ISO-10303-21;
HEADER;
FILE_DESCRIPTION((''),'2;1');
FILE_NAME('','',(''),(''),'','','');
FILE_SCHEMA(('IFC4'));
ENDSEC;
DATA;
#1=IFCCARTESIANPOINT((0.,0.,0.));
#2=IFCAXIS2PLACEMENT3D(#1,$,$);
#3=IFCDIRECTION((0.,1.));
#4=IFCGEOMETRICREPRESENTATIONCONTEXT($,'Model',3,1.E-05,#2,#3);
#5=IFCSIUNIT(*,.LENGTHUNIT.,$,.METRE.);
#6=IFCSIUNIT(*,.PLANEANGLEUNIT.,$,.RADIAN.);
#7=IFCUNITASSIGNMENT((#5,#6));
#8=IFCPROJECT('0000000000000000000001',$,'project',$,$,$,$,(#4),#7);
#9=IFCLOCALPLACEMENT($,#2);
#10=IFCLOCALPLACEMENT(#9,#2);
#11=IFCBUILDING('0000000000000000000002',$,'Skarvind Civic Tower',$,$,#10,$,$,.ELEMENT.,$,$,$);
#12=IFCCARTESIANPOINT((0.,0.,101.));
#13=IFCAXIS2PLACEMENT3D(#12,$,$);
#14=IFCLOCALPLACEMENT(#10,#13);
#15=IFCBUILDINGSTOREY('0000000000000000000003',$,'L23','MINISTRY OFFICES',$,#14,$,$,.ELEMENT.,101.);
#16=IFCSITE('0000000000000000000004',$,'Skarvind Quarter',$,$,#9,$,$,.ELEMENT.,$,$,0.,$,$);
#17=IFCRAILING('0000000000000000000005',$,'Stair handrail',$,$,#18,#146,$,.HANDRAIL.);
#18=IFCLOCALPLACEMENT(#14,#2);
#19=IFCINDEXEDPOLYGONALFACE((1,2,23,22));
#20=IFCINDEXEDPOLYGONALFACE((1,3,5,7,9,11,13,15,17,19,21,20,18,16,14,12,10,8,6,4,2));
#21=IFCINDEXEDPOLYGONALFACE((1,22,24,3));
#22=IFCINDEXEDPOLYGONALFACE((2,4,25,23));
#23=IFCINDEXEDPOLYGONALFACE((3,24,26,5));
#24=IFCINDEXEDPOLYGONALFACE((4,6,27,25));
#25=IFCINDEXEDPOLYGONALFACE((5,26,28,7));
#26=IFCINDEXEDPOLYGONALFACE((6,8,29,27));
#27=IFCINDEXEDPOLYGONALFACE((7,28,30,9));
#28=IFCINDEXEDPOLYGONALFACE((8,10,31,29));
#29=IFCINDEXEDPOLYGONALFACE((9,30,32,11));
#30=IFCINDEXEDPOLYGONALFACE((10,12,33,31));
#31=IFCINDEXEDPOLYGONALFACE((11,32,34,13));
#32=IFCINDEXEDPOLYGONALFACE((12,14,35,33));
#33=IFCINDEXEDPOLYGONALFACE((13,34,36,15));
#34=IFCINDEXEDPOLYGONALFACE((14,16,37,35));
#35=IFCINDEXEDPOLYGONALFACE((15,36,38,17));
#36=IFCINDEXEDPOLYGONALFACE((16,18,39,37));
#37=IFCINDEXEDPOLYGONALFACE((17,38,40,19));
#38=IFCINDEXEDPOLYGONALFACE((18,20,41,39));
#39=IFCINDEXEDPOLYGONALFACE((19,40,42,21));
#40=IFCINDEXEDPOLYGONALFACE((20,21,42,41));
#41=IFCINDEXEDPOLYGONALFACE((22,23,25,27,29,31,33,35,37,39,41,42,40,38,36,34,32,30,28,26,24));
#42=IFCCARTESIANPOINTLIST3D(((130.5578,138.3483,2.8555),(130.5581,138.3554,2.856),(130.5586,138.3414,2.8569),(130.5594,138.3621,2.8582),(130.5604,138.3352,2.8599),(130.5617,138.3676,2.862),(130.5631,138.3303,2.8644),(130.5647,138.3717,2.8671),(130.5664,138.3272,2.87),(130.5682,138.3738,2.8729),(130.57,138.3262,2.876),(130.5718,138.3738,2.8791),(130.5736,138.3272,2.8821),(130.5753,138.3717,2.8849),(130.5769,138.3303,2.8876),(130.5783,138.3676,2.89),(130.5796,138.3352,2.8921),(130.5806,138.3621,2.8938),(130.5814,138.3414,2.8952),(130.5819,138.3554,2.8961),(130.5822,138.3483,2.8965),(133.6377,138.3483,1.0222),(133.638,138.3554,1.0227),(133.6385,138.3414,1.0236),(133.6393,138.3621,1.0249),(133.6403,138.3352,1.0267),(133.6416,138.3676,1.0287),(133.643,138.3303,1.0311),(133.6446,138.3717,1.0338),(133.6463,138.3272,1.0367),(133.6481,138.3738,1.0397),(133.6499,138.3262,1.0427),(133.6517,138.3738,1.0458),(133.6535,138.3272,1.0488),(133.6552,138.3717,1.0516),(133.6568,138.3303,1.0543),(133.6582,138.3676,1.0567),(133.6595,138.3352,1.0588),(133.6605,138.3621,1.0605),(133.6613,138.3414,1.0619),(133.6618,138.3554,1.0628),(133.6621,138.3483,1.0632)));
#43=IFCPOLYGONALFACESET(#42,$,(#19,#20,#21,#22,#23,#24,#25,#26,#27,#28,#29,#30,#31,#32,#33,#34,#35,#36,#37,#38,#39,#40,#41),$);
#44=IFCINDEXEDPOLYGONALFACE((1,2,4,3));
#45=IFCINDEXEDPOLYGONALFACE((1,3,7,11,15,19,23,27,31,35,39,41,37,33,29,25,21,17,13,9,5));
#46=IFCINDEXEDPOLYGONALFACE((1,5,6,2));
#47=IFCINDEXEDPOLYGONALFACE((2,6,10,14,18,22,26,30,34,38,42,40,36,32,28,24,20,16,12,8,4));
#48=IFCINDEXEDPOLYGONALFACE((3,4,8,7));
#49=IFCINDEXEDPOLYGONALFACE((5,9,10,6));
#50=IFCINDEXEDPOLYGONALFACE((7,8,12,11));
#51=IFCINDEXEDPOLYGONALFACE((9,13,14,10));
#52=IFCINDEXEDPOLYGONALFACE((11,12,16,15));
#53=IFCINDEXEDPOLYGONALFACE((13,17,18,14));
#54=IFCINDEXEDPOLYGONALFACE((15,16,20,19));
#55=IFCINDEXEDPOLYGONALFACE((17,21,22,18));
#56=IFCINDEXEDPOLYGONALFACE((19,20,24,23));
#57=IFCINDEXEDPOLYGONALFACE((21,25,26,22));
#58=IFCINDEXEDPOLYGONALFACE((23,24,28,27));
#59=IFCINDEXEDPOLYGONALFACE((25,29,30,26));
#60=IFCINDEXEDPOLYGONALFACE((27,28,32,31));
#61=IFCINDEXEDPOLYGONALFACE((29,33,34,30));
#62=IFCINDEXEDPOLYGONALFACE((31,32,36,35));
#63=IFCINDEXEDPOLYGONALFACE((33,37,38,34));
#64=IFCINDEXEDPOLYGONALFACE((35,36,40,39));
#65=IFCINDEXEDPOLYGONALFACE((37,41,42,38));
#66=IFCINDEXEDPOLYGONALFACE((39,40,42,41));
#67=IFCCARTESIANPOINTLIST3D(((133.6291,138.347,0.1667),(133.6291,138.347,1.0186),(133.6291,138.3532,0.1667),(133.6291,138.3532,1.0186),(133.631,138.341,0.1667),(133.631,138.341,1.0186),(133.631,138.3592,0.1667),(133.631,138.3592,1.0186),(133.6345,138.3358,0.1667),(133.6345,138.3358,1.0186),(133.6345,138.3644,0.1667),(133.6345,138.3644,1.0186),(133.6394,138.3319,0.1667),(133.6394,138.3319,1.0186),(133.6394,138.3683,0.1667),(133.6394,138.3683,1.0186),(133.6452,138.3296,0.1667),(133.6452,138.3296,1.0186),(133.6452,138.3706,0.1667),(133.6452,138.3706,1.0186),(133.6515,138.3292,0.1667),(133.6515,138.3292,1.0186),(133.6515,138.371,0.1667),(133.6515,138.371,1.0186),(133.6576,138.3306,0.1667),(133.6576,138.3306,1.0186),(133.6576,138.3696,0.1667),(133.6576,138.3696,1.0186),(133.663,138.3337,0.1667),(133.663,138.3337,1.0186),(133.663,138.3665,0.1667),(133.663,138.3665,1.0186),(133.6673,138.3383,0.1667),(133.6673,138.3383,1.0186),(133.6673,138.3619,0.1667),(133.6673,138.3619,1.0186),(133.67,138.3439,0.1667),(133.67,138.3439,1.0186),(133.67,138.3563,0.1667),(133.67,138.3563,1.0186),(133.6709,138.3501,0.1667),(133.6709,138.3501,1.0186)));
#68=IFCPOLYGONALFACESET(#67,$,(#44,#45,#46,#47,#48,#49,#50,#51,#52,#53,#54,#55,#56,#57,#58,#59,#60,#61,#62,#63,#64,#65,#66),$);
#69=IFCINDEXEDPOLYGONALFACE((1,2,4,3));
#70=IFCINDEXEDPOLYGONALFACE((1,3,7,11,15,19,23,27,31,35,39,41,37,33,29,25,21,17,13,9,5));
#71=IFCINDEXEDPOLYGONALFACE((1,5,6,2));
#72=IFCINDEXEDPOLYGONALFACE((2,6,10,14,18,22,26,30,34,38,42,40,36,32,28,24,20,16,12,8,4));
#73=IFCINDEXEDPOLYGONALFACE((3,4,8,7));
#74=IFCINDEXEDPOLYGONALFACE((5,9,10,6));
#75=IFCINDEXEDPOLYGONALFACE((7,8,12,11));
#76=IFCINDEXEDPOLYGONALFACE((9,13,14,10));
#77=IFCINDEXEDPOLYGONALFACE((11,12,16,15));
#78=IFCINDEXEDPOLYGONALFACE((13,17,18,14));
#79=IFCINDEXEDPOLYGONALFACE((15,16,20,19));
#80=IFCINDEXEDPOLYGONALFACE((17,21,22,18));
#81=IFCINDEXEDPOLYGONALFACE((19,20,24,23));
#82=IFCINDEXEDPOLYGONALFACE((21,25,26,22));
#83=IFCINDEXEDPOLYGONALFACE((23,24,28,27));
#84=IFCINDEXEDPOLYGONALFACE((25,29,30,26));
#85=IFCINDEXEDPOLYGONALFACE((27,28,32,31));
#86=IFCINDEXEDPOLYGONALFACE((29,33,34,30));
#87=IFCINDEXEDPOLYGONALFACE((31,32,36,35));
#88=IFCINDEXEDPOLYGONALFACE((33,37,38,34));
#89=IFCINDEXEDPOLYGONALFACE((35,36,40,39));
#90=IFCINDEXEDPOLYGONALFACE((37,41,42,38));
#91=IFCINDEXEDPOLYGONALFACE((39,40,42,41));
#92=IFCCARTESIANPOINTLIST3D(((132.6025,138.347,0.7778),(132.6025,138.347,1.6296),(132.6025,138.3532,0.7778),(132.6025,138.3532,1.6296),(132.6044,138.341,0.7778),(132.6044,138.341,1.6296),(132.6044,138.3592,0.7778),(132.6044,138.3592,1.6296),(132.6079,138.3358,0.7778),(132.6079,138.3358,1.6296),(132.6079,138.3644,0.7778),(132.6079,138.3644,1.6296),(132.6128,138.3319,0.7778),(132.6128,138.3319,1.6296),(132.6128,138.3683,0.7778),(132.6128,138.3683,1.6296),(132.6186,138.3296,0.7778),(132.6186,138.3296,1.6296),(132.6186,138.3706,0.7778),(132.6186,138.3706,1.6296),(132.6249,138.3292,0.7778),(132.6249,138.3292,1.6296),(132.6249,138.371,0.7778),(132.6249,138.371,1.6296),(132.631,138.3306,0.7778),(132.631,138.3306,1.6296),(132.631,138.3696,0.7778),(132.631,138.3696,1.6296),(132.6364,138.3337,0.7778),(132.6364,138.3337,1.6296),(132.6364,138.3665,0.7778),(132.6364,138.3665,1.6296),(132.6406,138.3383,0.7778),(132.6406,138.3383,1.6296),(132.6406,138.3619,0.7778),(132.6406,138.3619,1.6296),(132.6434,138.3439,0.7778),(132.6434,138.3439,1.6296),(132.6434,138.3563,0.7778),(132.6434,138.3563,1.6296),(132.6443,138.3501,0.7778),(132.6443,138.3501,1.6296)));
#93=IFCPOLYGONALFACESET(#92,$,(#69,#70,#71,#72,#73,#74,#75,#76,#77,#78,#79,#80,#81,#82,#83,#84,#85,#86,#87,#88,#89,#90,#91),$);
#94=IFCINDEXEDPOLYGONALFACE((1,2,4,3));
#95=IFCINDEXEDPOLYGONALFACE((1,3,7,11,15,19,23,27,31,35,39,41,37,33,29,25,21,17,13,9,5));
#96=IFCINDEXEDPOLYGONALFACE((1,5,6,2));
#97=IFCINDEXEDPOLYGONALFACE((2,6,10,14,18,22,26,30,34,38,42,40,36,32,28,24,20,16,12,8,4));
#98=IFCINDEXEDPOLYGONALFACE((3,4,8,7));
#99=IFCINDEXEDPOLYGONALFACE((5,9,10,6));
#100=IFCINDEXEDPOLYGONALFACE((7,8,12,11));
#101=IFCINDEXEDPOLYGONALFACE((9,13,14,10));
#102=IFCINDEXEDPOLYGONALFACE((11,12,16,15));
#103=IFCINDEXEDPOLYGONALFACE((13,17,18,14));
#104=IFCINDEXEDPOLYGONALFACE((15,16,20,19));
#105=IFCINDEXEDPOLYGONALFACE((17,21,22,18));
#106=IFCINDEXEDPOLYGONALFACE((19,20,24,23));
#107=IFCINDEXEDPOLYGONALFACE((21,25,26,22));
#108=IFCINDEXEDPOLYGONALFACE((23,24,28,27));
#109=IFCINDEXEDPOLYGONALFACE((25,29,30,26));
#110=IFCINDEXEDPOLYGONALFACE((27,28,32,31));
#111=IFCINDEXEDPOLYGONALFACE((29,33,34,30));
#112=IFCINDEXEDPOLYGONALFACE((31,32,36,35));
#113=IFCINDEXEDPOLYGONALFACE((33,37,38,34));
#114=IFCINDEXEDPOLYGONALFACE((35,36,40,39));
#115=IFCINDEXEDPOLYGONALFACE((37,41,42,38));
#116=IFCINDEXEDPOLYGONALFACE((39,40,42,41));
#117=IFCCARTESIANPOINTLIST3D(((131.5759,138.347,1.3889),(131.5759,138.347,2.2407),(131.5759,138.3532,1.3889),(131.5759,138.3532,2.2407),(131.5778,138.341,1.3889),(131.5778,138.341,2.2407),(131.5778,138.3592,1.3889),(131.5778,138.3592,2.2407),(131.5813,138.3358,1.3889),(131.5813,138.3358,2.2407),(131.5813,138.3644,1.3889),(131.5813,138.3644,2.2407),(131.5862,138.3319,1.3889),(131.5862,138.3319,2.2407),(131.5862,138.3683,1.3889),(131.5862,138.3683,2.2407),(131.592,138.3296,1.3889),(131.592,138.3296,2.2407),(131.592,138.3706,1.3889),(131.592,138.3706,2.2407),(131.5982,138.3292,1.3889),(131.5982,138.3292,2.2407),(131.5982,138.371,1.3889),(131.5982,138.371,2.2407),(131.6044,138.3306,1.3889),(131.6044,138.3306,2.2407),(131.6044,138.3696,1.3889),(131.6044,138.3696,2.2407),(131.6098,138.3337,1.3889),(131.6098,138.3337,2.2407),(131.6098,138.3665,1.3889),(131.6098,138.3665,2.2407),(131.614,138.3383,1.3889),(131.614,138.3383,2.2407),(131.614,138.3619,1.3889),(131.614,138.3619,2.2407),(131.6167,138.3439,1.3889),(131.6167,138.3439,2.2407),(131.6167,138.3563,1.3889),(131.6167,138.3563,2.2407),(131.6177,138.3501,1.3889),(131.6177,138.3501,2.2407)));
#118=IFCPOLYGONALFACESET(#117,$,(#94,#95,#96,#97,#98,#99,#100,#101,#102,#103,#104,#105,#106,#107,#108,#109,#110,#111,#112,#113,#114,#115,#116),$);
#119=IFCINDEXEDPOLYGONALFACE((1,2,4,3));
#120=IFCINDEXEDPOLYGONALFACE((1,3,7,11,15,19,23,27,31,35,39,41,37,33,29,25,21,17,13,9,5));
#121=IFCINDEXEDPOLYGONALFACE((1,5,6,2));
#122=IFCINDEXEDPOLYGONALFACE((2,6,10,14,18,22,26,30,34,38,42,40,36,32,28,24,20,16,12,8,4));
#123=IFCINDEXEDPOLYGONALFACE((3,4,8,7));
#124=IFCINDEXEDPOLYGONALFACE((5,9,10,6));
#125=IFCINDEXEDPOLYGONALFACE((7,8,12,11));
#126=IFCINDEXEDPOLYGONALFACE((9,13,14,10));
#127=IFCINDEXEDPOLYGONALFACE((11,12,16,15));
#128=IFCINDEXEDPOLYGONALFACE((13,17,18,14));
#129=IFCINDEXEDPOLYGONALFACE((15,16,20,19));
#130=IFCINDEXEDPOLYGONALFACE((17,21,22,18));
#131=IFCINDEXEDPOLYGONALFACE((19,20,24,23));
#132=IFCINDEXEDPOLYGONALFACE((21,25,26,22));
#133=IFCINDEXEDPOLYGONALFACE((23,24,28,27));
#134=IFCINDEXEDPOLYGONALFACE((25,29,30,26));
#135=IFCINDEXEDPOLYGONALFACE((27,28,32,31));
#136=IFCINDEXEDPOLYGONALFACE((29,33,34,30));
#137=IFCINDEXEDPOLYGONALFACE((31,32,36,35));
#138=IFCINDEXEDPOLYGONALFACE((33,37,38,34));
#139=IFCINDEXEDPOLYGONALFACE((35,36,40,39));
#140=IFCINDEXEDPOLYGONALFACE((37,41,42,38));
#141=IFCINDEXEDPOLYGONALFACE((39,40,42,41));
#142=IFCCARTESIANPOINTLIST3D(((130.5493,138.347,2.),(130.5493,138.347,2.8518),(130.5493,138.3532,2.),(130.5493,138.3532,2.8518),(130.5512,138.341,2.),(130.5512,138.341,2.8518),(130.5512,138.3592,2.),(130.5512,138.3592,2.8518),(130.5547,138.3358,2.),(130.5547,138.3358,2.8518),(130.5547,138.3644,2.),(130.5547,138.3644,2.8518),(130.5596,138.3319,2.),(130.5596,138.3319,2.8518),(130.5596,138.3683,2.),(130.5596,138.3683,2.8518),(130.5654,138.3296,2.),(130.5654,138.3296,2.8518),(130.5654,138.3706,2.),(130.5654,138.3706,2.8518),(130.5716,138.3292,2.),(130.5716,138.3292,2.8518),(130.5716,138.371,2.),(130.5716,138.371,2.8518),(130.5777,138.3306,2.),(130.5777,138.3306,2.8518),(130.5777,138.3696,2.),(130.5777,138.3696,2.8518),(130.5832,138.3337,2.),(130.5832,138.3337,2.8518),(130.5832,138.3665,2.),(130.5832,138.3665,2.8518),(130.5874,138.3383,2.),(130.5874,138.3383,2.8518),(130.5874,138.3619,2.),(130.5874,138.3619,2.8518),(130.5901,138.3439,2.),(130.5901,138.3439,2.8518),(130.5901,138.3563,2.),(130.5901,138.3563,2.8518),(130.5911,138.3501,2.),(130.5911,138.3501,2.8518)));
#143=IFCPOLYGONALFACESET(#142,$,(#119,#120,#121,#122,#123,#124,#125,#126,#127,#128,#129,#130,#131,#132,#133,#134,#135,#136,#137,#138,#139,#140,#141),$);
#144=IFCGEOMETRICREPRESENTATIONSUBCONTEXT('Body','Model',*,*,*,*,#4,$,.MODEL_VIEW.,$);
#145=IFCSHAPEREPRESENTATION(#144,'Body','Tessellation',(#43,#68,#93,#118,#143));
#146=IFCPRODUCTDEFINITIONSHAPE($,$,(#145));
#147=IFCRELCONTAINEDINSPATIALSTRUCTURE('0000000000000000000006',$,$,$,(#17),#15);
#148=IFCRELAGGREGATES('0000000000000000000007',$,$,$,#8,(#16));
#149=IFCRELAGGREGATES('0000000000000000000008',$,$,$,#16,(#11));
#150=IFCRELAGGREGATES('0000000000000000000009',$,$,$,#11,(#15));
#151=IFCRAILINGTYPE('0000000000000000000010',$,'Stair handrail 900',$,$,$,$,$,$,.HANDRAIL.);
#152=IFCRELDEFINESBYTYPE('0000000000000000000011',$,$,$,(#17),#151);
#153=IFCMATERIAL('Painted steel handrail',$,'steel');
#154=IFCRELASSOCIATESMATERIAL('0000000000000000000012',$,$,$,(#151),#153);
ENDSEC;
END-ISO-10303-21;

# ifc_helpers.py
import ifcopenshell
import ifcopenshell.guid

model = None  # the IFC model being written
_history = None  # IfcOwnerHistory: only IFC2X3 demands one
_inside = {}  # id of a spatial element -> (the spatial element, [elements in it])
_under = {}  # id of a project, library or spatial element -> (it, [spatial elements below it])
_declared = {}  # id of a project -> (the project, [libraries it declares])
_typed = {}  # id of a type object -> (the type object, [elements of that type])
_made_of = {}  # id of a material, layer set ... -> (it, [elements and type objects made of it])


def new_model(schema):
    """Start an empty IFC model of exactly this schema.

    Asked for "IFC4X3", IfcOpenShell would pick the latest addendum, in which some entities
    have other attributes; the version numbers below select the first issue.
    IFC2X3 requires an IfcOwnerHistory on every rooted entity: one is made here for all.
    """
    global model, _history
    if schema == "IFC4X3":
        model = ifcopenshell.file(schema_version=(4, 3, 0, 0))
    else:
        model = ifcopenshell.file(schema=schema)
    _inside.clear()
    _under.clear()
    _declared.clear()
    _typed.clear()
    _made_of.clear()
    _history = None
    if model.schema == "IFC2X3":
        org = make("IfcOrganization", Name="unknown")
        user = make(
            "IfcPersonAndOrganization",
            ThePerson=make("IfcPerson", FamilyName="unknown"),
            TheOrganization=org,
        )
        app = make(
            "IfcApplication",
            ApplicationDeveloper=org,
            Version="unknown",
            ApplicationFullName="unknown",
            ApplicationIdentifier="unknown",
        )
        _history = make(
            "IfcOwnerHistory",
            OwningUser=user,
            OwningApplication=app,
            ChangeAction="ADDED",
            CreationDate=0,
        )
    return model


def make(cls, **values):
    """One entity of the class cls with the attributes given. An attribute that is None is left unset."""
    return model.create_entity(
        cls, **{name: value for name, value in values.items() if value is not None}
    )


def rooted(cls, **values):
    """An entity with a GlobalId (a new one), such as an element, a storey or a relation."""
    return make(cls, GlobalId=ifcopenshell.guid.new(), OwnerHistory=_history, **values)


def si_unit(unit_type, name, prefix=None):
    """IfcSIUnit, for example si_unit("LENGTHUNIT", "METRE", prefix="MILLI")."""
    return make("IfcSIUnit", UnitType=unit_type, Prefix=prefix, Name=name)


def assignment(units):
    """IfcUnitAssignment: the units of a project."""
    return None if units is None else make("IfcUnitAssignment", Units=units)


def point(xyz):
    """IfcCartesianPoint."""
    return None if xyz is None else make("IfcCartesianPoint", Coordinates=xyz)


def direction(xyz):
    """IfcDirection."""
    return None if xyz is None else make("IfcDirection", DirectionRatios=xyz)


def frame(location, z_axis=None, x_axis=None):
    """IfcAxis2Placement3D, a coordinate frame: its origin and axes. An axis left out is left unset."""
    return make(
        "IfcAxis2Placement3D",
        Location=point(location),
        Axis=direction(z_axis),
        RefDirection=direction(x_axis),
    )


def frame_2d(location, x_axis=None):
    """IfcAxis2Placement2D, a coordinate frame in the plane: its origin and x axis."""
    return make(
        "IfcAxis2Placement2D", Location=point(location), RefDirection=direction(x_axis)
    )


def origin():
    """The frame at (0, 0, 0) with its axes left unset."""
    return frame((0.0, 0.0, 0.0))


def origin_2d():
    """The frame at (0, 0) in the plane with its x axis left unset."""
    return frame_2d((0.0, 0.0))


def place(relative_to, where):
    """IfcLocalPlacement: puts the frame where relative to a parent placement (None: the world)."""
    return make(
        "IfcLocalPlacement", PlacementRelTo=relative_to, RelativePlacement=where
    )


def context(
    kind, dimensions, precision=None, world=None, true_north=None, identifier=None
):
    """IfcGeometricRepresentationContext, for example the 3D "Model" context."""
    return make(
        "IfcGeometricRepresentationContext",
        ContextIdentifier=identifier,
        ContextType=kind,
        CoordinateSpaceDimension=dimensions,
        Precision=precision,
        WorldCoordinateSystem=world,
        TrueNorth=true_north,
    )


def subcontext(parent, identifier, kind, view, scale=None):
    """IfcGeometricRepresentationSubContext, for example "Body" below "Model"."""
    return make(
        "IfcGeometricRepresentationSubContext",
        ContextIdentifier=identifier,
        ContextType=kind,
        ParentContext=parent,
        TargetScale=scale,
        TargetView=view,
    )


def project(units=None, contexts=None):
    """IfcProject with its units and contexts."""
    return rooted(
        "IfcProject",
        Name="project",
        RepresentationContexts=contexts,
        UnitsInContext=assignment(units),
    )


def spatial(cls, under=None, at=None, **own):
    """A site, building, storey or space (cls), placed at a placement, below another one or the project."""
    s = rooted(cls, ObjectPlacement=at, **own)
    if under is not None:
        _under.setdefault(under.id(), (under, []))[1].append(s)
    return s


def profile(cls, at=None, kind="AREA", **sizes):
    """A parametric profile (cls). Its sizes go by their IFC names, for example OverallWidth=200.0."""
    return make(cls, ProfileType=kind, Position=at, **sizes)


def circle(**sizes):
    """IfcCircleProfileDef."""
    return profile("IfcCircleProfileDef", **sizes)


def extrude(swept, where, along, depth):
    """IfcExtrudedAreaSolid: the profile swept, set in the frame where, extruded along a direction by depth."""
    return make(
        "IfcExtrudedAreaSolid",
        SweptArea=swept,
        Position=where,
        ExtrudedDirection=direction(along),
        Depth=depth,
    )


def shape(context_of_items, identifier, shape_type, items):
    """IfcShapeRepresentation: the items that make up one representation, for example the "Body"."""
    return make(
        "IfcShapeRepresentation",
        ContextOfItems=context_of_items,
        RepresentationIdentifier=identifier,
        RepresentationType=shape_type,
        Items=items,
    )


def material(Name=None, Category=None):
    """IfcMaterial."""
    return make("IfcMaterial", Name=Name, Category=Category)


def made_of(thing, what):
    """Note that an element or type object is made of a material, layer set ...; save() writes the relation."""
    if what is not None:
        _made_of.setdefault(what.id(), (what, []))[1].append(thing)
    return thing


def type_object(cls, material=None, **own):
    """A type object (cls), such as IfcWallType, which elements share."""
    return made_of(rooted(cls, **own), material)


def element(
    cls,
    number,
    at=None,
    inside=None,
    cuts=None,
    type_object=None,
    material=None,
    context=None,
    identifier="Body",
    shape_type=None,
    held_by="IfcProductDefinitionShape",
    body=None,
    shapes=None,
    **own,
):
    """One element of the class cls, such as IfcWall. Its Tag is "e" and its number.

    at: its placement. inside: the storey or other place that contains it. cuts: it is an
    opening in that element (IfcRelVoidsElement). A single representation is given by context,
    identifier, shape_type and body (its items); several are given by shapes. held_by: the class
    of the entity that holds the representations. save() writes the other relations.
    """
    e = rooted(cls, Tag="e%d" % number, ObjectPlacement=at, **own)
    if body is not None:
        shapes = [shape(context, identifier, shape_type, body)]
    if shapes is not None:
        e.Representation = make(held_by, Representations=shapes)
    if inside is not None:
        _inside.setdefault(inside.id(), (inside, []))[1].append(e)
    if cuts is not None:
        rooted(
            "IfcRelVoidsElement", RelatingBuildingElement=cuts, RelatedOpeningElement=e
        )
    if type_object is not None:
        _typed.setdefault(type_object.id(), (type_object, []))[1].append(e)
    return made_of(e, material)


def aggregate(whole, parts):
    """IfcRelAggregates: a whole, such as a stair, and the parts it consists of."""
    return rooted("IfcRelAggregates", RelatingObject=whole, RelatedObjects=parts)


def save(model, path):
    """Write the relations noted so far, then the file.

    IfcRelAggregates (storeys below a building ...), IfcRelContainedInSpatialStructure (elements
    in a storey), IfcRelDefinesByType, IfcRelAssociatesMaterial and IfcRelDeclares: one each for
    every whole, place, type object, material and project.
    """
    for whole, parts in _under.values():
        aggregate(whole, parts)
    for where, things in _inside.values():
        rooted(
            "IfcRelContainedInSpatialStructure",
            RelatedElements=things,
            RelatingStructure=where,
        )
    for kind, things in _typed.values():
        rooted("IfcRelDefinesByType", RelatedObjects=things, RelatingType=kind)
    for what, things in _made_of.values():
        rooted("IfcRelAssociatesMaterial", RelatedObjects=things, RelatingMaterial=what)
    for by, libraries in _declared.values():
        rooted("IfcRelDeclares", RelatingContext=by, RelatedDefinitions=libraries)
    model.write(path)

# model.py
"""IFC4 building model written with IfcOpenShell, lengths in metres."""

from ifc_helpers import new_model, si_unit, direction, frame, origin, origin_2d, place, context, subcontext, project, spatial, circle, extrude, material, type_object, element, save


model = new_model("IFC4")

# Units and contexts
model_context = context("Model", 3, precision=1e-05, world=origin(), true_north=direction((0.0, 1.0)))
body_context = subcontext(model_context, "Body", "Model", "MODEL_VIEW")
ifc_project = project(units=[si_unit("LENGTHUNIT", "METRE"), si_unit("PLANEANGLEUNIT", "RADIAN")], contexts=[model_context])

# Site, building, storey
site_placement = place(None, origin())
site = spatial("IfcSite", under=ifc_project, at=site_placement, Name="Skarvind Quarter", CompositionType="ELEMENT", RefElevation=0.0)
building_placement = place(site_placement, origin())
building = spatial("IfcBuilding", under=site, at=building_placement, Name="Skarvind Civic Tower", CompositionType="ELEMENT")
storey_placement = place(building_placement, frame((0.0, 0.0, 101.0)))
storey = spatial("IfcBuildingStorey", under=building, at=storey_placement, Name="L23", Description="MINISTRY OFFICES", CompositionType="ELEMENT", Elevation=101.0)

# Railing
ifc_material_1 = material(Name="Painted steel handrail", Category="steel")
railing_type = type_object("IfcRailingType", Name="Stair handrail 900", PredefinedType="HANDRAIL", material=ifc_material_1)
railing_1_placement = place(storey_placement, frame((133.6499, 138.3501, 0.1667)))
element("IfcRailing", 1, at=railing_1_placement, inside=storey, type_object=railing_type, Name="Stair handrail", PredefinedType="HANDRAIL", context=body_context, shape_type="SweptSolid", body=[
    extrude(circle(Radius=0.0239, at=origin_2d()), frame((0.0, 0.0, 0.876), z_axis=(-0.859291, 0.0, 0.511487), x_axis=(0.0, -1.0, 0.0)), (0.0, 0.0, 1.0), 3.5842),
    extrude(circle(Radius=0.021, at=origin_2d()), origin(), (0.0, 0.0, 1.0), 0.8518),
    extrude(circle(Radius=0.021, at=origin_2d()), frame((-1.0266, 0.0, 0.6111)), (0.0, 0.0, 1.0), 0.8518),
    extrude(circle(Radius=0.021, at=origin_2d()), frame((-2.0532, 0.0, 1.2222)), (0.0, 0.0, 1.0), 0.8518),
    extrude(circle(Radius=0.021, at=origin_2d()), frame((-3.0798, 0.0, 1.8333)), (0.0, 0.0, 1.0), 0.8518),
])

save(model, "model.ifc")
